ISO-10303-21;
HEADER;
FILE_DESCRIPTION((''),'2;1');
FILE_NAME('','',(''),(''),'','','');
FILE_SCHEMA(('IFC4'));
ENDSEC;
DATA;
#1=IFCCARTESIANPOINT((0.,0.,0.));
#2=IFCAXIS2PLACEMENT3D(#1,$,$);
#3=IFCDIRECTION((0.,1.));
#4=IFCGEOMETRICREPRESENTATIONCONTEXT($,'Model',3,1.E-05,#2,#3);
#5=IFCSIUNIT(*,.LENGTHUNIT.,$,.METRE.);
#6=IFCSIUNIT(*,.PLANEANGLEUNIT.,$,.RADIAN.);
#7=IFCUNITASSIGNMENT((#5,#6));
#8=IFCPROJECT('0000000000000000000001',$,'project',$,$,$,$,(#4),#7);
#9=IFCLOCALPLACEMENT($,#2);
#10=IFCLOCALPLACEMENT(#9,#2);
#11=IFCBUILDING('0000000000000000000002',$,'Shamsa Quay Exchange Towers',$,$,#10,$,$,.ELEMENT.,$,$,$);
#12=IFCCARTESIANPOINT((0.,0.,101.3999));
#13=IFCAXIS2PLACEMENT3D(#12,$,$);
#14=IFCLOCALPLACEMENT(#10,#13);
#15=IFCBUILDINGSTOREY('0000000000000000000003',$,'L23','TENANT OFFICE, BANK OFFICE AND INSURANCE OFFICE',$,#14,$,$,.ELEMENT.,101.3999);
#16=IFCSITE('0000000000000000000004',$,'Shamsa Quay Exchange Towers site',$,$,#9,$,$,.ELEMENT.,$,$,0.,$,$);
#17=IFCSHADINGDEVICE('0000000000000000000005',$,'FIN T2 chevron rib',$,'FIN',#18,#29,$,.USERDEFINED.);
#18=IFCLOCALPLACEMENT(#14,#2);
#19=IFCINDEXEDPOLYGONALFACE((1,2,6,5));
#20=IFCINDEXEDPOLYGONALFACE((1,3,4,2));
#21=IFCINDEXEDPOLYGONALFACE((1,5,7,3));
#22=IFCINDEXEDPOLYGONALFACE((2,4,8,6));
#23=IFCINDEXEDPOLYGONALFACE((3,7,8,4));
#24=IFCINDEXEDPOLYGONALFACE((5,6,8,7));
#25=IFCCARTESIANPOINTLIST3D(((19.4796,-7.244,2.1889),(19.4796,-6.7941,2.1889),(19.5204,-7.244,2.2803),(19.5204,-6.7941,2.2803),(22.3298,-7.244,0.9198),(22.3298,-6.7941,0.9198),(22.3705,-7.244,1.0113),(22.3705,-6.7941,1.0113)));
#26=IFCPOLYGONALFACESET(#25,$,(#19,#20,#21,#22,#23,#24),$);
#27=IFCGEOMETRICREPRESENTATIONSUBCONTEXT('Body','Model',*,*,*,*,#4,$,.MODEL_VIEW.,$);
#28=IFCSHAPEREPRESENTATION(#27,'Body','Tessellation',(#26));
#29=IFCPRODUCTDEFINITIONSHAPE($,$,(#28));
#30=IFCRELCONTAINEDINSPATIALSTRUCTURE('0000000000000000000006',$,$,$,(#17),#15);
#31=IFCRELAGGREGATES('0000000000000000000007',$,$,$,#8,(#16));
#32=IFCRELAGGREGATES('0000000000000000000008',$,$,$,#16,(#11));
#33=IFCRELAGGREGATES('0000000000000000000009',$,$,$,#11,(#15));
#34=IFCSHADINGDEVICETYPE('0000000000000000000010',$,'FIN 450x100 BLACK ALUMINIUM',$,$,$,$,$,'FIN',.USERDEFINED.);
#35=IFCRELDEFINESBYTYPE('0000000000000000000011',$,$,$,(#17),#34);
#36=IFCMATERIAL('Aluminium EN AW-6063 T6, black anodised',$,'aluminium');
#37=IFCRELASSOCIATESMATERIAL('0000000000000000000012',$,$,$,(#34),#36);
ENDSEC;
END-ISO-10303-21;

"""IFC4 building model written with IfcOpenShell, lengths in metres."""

from ifc_helpers import new_model, si_unit, direction, frame, origin, origin_2d, place, context, subcontext, project, spatial, rectangle, extrude, material, material_profile, profile_set, type_object, element, save


model = new_model("IFC4")

# Units and contexts
model_context = context("Model", 3, precision=1e-05, world=origin(), true_north=direction((0.0, 1.0)))
body_context = subcontext(model_context, "Body", "Model", "MODEL_VIEW")
ifc_project = project(units=[si_unit("LENGTHUNIT", "METRE"), si_unit("PLANEANGLEUNIT", "RADIAN")], contexts=[model_context])

# Site, building, storey
site_placement = place(None, origin())
site = spatial("IfcSite", under=ifc_project, at=site_placement, Name="Shamsa Quay Exchange Towers site", CompositionType="ELEMENT", RefElevation=0.0)
building_placement = place(site_placement, origin())
building = spatial("IfcBuilding", under=site, at=building_placement, Name="Shamsa Quay Exchange Towers", CompositionType="ELEMENT")
storey_placement = place(building_placement, frame((0.0, 0.0, 101.3999)))
storey = spatial("IfcBuildingStorey", under=building, at=storey_placement, Name="L23", Description="TENANT OFFICE, BANK OFFICE AND INSURANCE OFFICE", CompositionType="ELEMENT", Elevation=101.3999)

# Shared definitions
ifc_material_1 = material(Name="Aluminium EN AW-6063 T6, black anodised", Category="aluminium")

# Shading device
ifc_material_profile_1 = material_profile(ifc_material_1, rectangle(XDim=0.45, YDim=0.1001, at=origin_2d()), Name="FIN450x100")
ifc_profile_set_1 = profile_set([ifc_material_profile_1], Name="Aluminium EN AW-6063 T6, black anodised")
shading_device_type = type_object("IfcShadingDeviceType", Name="FIN 450x100 BLACK ALUMINIUM", ElementType="FIN", PredefinedType="USERDEFINED", material=ifc_profile_set_1)
shading_device_1_placement = place(storey_placement, frame((19.5, -7.019, 2.2346), z_axis=(0.913534, 0.0, -0.406763), x_axis=(0.0, 1.0, 0.0)))
element("IfcShadingDevice", 1, at=shading_device_1_placement, inside=storey, type_object=shading_device_type, Name="FIN T2 chevron rib", ObjectType="FIN", PredefinedType="USERDEFINED", context=body_context, shape_type="SweptSolid", body=[
    extrude(rectangle(XDim=0.45, YDim=0.1001, at=origin_2d()), origin(), (0.0, 0.0, 1.0), 3.1199),
])

save(model, "model.ifc")
